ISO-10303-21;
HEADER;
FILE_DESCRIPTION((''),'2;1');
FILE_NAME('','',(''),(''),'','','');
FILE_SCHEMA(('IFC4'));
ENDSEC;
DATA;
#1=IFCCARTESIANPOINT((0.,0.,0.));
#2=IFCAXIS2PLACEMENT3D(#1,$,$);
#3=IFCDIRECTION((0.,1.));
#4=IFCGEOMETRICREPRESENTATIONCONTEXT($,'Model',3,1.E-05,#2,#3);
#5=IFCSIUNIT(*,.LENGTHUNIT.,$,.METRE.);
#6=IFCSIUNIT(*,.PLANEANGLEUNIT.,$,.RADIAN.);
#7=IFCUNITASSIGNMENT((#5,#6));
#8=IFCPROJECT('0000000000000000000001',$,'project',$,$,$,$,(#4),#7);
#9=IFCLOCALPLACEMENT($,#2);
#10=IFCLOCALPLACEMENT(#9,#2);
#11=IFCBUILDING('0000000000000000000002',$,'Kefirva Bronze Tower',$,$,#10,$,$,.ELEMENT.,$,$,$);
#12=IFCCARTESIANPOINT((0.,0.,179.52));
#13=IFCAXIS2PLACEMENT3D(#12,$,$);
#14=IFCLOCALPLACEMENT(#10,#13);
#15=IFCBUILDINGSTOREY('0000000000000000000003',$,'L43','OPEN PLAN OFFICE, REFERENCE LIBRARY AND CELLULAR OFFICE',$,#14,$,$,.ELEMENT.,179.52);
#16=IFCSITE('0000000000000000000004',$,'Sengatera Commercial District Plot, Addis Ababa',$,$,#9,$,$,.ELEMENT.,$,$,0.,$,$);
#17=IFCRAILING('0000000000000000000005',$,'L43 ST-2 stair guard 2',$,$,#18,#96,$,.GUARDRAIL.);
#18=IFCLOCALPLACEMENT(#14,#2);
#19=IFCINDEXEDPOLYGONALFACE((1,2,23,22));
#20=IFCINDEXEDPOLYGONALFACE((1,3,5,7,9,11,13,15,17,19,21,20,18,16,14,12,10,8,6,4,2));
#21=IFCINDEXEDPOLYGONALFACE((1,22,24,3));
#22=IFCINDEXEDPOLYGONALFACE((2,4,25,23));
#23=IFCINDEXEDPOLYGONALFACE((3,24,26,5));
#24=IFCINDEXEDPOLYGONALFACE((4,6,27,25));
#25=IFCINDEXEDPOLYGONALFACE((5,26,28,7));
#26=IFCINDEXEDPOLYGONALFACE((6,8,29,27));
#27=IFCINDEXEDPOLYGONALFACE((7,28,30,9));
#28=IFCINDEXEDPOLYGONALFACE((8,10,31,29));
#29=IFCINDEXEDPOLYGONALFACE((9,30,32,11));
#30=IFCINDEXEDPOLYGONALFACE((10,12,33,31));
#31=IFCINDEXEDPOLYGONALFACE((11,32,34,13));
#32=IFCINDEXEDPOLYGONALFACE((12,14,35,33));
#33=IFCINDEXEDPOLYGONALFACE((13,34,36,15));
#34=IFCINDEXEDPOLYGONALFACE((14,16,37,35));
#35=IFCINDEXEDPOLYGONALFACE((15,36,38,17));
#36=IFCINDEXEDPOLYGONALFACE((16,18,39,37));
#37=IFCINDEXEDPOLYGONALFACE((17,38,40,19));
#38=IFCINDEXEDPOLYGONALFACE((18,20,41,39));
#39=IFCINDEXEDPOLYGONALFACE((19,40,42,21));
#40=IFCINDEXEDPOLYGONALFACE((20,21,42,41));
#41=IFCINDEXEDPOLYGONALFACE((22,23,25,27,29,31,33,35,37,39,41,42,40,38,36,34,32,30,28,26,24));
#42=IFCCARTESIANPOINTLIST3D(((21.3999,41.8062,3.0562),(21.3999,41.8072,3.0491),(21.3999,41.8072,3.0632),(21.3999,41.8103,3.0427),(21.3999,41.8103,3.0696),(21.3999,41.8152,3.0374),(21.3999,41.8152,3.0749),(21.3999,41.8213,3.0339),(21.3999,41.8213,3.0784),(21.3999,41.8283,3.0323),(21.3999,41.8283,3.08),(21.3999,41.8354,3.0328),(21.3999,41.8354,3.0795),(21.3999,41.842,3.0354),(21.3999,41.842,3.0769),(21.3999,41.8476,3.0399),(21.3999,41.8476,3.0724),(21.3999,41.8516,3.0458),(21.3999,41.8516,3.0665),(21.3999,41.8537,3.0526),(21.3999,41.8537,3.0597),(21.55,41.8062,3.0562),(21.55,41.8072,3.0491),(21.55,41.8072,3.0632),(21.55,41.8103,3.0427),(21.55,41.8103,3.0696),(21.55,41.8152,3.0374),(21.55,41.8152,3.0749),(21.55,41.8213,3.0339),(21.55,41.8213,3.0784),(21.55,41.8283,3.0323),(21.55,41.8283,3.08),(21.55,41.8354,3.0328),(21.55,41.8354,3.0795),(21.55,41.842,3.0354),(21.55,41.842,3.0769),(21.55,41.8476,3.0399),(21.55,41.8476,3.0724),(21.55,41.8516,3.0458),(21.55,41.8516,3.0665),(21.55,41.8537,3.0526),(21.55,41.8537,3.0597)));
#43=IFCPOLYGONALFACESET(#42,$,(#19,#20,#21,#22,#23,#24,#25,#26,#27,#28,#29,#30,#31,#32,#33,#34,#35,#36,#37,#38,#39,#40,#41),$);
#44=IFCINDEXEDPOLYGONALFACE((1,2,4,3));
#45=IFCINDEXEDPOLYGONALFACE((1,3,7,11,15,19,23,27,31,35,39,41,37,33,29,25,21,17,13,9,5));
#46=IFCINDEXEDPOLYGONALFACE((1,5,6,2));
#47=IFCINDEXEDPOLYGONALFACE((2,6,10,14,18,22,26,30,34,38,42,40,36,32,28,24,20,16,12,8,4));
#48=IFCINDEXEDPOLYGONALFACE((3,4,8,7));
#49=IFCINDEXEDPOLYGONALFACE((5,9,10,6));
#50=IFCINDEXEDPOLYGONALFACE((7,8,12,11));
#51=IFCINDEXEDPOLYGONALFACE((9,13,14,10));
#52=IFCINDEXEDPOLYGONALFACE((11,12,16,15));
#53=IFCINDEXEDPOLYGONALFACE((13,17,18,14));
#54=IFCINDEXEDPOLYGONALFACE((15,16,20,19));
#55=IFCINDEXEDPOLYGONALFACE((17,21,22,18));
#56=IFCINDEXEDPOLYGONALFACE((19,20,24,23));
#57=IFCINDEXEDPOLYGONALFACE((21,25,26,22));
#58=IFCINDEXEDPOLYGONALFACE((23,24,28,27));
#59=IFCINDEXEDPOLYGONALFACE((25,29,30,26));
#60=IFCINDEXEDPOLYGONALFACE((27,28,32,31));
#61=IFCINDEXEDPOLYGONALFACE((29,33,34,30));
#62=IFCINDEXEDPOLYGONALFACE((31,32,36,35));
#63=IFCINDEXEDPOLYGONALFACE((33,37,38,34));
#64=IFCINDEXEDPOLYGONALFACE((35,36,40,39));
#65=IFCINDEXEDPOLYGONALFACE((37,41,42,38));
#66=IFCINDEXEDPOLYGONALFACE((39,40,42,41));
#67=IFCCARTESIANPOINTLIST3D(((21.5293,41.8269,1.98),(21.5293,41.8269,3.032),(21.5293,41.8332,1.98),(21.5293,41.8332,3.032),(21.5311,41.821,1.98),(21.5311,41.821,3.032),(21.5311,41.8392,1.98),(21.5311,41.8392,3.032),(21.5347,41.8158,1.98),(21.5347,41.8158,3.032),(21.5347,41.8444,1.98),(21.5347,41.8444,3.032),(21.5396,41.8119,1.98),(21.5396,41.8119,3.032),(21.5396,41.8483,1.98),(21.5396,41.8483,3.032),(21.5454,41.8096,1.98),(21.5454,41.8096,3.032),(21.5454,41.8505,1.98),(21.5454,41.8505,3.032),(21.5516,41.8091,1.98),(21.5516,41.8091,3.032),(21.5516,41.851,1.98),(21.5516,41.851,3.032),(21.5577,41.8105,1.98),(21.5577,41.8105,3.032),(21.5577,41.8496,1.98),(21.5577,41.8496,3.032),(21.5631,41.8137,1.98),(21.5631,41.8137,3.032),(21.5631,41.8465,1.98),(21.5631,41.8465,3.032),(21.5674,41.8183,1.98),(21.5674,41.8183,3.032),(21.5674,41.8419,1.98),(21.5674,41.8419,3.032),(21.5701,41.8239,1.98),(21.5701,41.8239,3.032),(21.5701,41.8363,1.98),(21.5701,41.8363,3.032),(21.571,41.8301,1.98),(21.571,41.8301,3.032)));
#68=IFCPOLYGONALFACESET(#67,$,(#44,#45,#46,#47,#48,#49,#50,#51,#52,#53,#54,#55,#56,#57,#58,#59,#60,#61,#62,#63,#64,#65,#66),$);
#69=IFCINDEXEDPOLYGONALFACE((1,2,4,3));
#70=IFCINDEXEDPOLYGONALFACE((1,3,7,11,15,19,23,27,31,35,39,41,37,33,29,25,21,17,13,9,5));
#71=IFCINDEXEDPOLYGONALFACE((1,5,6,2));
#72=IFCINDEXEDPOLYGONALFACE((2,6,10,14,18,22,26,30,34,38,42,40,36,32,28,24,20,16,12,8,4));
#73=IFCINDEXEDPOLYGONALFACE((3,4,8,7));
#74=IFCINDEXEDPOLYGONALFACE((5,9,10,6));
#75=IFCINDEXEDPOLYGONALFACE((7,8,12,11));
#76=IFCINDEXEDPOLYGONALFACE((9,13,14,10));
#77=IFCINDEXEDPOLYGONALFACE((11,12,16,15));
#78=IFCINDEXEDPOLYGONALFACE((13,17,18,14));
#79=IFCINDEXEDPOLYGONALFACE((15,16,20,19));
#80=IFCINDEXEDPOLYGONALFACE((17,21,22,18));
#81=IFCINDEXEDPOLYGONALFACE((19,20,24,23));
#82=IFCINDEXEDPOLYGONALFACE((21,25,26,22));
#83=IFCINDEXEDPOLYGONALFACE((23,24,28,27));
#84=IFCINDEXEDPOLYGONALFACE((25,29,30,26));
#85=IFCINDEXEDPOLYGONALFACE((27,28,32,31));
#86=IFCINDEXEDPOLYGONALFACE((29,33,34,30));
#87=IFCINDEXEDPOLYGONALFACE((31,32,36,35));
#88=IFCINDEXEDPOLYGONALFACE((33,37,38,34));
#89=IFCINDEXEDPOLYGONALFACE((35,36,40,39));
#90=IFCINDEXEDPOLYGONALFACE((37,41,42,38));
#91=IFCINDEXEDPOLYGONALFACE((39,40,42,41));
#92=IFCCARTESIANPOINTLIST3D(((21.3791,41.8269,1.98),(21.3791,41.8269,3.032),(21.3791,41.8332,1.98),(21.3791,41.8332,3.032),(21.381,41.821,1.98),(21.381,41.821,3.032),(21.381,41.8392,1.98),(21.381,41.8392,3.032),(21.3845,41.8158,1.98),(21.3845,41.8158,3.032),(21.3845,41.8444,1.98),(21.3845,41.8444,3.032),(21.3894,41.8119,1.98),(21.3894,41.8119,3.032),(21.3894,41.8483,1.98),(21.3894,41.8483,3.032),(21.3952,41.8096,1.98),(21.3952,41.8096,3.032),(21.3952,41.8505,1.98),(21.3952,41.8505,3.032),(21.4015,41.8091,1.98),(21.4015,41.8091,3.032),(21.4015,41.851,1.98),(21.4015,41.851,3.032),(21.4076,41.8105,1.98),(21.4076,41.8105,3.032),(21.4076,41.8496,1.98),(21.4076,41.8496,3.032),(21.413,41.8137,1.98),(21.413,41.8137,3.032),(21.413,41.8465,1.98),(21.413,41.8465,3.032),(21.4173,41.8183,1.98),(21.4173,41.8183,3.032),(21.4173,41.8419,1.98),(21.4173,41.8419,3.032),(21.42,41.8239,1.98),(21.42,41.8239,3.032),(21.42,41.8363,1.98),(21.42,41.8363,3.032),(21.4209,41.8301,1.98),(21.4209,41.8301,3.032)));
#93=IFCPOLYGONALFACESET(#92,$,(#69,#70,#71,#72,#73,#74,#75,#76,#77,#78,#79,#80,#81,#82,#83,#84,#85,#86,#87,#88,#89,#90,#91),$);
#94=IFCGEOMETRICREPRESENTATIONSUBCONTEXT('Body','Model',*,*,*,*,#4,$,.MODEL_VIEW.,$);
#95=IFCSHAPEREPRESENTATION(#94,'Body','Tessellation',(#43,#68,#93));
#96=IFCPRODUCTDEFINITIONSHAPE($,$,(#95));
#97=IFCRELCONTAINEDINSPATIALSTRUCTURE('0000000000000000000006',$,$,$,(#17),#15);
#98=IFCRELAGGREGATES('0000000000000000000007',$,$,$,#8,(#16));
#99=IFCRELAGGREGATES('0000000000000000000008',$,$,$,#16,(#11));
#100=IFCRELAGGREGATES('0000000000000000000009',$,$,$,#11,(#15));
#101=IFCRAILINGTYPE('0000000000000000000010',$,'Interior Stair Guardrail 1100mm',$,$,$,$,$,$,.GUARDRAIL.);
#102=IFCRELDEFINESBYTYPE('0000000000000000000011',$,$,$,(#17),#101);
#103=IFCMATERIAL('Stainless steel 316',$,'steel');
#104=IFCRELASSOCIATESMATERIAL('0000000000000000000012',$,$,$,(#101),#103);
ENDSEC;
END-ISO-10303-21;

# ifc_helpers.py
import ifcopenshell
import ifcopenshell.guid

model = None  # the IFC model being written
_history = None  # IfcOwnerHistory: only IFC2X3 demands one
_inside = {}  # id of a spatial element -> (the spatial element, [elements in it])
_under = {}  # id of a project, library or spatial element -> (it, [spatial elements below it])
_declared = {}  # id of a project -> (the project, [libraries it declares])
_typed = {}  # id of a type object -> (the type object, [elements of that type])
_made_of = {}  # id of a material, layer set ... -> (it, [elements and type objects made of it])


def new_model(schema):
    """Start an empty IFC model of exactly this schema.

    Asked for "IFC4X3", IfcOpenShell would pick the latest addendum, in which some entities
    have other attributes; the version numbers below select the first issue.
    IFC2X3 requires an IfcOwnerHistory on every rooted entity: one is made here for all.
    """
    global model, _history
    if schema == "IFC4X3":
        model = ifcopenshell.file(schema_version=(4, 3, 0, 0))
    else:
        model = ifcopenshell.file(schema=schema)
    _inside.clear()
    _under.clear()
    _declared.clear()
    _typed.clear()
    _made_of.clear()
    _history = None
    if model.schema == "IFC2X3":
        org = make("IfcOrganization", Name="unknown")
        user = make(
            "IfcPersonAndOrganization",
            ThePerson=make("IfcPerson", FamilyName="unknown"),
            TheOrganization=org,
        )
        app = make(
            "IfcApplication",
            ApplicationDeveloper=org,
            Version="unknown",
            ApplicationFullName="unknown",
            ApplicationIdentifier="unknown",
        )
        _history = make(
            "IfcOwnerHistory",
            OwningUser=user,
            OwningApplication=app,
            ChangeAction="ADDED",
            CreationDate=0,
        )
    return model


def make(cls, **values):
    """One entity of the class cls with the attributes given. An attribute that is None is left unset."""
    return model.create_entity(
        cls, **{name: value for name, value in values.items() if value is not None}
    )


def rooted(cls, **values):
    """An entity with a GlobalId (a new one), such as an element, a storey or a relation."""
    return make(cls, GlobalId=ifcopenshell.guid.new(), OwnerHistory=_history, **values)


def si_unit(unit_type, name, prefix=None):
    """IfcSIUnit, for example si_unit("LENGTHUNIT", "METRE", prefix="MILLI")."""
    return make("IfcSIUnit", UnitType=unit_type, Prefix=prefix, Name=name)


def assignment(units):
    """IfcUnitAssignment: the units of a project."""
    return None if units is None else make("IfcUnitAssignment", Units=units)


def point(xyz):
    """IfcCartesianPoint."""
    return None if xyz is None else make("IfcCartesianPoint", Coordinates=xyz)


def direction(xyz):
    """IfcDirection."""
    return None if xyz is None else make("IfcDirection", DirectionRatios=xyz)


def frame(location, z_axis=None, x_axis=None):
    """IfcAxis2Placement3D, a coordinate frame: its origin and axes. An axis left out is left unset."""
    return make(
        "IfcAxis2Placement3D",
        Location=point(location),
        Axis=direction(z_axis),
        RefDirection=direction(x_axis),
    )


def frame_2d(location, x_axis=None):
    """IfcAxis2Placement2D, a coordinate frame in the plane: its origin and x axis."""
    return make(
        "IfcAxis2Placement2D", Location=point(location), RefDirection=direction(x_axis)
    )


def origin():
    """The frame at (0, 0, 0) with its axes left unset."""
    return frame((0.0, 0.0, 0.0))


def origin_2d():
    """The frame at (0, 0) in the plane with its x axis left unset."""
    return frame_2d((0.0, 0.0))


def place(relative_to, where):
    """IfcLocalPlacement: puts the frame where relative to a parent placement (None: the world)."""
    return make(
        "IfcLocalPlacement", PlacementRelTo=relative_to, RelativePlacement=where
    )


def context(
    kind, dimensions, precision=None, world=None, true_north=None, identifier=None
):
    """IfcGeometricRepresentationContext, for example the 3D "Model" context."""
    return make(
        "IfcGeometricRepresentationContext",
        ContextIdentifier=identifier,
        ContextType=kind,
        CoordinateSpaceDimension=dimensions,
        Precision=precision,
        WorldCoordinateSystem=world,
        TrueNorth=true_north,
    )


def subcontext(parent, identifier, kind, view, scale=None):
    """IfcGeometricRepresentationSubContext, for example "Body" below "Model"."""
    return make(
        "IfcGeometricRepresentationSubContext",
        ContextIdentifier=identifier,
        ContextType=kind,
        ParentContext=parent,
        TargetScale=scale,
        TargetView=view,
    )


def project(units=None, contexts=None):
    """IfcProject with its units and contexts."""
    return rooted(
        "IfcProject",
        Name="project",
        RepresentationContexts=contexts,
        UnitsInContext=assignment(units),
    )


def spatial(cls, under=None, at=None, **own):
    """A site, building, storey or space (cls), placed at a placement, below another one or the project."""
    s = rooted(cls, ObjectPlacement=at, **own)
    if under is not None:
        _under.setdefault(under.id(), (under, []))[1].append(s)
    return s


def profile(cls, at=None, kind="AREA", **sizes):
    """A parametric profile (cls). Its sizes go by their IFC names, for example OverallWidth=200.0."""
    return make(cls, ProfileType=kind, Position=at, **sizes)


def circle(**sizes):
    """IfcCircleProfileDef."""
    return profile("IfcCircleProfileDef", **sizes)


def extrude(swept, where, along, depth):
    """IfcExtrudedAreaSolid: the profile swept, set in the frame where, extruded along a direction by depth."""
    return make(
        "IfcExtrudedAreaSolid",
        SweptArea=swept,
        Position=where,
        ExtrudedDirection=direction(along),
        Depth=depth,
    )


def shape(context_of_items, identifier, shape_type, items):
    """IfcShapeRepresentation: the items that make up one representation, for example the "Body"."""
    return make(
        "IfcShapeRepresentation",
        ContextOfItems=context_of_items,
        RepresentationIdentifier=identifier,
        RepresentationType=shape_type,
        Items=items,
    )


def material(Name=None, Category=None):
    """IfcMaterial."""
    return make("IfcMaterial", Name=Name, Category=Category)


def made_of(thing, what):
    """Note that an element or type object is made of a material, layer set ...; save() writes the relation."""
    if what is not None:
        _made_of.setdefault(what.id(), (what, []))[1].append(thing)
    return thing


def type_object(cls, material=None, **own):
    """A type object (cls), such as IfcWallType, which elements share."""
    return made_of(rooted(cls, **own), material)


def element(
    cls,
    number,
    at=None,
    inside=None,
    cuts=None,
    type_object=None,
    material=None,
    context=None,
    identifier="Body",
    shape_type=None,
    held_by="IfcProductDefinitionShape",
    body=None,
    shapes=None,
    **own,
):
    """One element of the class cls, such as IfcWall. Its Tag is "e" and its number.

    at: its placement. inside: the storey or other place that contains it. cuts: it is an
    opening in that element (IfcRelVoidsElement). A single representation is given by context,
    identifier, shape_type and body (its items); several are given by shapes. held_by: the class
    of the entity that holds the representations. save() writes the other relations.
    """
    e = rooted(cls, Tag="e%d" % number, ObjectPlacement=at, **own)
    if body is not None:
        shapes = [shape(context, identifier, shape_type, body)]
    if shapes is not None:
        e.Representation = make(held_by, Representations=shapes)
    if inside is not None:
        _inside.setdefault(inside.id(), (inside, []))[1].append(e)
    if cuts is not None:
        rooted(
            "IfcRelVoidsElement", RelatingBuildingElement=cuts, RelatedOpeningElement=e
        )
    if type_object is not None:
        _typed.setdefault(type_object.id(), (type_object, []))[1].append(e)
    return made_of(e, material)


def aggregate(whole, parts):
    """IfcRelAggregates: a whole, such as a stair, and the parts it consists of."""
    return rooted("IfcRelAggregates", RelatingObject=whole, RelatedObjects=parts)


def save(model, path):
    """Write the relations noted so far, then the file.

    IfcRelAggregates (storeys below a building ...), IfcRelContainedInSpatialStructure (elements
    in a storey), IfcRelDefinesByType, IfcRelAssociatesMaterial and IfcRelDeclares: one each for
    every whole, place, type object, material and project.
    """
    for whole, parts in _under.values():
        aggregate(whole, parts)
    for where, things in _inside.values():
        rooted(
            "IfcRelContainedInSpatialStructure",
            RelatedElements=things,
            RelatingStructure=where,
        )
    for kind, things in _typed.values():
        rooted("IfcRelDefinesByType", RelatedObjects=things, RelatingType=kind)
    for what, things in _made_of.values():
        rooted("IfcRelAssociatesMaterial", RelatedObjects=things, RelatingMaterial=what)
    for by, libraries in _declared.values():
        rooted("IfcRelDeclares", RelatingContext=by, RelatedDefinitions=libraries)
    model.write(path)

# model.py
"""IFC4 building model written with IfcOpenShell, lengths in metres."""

from ifc_helpers import new_model, si_unit, direction, frame, origin, origin_2d, place, context, subcontext, project, spatial, circle, extrude, material, type_object, element, save


model = new_model("IFC4")

# Units and contexts
model_context = context("Model", 3, precision=1e-05, world=origin(), true_north=direction((0.0, 1.0)))
body_context = subcontext(model_context, "Body", "Model", "MODEL_VIEW")
ifc_project = project(units=[si_unit("LENGTHUNIT", "METRE"), si_unit("PLANEANGLEUNIT", "RADIAN")], contexts=[model_context])

# Site, building, storey
site_placement = place(None, origin())
site = spatial("IfcSite", under=ifc_project, at=site_placement, Name="Sengatera Commercial District Plot, Addis Ababa", CompositionType="ELEMENT", RefElevation=0.0)
building_placement = place(site_placement, origin())
building = spatial("IfcBuilding", under=site, at=building_placement, Name="Kefirva Bronze Tower", CompositionType="ELEMENT")
storey_placement = place(building_placement, frame((0.0, 0.0, 179.52)))
storey = spatial("IfcBuildingStorey", under=building, at=storey_placement, Name="L43", Description="OPEN PLAN OFFICE, REFERENCE LIBRARY AND CELLULAR OFFICE", CompositionType="ELEMENT", Elevation=179.52)

# Railing
ifc_material_1 = material(Name="Stainless steel 316", Category="steel")
railing_type_1 = type_object("IfcRailingType", Name="Interior Stair Guardrail 1100mm", PredefinedType="GUARDRAIL", material=ifc_material_1)
railing_1_placement = place(storey_placement, frame((21.55, 41.8301, 1.98)))
element("IfcRailing", 1, at=railing_1_placement, inside=storey, type_object=railing_type_1, Name="L43 ST-2 stair guard 2", PredefinedType="GUARDRAIL", context=body_context, shape_type="SweptSolid", body=[
    extrude(circle(Radius=0.0239, at=origin_2d()), frame((0.0, 0.0, 1.0762), z_axis=(-1.0, 0.0, 0.0), x_axis=(0.0, -1.0, 0.0)), (0.0, 0.0, 1.0), 0.1501),
    extrude(circle(Radius=0.021, at=origin_2d()), origin(), (0.0, 0.0, 1.0), 1.052),
    extrude(circle(Radius=0.021, at=origin_2d()), frame((-0.1501, 0.0, 0.0)), (0.0, 0.0, 1.0), 1.052),
])

save(model, "model.ifc")
